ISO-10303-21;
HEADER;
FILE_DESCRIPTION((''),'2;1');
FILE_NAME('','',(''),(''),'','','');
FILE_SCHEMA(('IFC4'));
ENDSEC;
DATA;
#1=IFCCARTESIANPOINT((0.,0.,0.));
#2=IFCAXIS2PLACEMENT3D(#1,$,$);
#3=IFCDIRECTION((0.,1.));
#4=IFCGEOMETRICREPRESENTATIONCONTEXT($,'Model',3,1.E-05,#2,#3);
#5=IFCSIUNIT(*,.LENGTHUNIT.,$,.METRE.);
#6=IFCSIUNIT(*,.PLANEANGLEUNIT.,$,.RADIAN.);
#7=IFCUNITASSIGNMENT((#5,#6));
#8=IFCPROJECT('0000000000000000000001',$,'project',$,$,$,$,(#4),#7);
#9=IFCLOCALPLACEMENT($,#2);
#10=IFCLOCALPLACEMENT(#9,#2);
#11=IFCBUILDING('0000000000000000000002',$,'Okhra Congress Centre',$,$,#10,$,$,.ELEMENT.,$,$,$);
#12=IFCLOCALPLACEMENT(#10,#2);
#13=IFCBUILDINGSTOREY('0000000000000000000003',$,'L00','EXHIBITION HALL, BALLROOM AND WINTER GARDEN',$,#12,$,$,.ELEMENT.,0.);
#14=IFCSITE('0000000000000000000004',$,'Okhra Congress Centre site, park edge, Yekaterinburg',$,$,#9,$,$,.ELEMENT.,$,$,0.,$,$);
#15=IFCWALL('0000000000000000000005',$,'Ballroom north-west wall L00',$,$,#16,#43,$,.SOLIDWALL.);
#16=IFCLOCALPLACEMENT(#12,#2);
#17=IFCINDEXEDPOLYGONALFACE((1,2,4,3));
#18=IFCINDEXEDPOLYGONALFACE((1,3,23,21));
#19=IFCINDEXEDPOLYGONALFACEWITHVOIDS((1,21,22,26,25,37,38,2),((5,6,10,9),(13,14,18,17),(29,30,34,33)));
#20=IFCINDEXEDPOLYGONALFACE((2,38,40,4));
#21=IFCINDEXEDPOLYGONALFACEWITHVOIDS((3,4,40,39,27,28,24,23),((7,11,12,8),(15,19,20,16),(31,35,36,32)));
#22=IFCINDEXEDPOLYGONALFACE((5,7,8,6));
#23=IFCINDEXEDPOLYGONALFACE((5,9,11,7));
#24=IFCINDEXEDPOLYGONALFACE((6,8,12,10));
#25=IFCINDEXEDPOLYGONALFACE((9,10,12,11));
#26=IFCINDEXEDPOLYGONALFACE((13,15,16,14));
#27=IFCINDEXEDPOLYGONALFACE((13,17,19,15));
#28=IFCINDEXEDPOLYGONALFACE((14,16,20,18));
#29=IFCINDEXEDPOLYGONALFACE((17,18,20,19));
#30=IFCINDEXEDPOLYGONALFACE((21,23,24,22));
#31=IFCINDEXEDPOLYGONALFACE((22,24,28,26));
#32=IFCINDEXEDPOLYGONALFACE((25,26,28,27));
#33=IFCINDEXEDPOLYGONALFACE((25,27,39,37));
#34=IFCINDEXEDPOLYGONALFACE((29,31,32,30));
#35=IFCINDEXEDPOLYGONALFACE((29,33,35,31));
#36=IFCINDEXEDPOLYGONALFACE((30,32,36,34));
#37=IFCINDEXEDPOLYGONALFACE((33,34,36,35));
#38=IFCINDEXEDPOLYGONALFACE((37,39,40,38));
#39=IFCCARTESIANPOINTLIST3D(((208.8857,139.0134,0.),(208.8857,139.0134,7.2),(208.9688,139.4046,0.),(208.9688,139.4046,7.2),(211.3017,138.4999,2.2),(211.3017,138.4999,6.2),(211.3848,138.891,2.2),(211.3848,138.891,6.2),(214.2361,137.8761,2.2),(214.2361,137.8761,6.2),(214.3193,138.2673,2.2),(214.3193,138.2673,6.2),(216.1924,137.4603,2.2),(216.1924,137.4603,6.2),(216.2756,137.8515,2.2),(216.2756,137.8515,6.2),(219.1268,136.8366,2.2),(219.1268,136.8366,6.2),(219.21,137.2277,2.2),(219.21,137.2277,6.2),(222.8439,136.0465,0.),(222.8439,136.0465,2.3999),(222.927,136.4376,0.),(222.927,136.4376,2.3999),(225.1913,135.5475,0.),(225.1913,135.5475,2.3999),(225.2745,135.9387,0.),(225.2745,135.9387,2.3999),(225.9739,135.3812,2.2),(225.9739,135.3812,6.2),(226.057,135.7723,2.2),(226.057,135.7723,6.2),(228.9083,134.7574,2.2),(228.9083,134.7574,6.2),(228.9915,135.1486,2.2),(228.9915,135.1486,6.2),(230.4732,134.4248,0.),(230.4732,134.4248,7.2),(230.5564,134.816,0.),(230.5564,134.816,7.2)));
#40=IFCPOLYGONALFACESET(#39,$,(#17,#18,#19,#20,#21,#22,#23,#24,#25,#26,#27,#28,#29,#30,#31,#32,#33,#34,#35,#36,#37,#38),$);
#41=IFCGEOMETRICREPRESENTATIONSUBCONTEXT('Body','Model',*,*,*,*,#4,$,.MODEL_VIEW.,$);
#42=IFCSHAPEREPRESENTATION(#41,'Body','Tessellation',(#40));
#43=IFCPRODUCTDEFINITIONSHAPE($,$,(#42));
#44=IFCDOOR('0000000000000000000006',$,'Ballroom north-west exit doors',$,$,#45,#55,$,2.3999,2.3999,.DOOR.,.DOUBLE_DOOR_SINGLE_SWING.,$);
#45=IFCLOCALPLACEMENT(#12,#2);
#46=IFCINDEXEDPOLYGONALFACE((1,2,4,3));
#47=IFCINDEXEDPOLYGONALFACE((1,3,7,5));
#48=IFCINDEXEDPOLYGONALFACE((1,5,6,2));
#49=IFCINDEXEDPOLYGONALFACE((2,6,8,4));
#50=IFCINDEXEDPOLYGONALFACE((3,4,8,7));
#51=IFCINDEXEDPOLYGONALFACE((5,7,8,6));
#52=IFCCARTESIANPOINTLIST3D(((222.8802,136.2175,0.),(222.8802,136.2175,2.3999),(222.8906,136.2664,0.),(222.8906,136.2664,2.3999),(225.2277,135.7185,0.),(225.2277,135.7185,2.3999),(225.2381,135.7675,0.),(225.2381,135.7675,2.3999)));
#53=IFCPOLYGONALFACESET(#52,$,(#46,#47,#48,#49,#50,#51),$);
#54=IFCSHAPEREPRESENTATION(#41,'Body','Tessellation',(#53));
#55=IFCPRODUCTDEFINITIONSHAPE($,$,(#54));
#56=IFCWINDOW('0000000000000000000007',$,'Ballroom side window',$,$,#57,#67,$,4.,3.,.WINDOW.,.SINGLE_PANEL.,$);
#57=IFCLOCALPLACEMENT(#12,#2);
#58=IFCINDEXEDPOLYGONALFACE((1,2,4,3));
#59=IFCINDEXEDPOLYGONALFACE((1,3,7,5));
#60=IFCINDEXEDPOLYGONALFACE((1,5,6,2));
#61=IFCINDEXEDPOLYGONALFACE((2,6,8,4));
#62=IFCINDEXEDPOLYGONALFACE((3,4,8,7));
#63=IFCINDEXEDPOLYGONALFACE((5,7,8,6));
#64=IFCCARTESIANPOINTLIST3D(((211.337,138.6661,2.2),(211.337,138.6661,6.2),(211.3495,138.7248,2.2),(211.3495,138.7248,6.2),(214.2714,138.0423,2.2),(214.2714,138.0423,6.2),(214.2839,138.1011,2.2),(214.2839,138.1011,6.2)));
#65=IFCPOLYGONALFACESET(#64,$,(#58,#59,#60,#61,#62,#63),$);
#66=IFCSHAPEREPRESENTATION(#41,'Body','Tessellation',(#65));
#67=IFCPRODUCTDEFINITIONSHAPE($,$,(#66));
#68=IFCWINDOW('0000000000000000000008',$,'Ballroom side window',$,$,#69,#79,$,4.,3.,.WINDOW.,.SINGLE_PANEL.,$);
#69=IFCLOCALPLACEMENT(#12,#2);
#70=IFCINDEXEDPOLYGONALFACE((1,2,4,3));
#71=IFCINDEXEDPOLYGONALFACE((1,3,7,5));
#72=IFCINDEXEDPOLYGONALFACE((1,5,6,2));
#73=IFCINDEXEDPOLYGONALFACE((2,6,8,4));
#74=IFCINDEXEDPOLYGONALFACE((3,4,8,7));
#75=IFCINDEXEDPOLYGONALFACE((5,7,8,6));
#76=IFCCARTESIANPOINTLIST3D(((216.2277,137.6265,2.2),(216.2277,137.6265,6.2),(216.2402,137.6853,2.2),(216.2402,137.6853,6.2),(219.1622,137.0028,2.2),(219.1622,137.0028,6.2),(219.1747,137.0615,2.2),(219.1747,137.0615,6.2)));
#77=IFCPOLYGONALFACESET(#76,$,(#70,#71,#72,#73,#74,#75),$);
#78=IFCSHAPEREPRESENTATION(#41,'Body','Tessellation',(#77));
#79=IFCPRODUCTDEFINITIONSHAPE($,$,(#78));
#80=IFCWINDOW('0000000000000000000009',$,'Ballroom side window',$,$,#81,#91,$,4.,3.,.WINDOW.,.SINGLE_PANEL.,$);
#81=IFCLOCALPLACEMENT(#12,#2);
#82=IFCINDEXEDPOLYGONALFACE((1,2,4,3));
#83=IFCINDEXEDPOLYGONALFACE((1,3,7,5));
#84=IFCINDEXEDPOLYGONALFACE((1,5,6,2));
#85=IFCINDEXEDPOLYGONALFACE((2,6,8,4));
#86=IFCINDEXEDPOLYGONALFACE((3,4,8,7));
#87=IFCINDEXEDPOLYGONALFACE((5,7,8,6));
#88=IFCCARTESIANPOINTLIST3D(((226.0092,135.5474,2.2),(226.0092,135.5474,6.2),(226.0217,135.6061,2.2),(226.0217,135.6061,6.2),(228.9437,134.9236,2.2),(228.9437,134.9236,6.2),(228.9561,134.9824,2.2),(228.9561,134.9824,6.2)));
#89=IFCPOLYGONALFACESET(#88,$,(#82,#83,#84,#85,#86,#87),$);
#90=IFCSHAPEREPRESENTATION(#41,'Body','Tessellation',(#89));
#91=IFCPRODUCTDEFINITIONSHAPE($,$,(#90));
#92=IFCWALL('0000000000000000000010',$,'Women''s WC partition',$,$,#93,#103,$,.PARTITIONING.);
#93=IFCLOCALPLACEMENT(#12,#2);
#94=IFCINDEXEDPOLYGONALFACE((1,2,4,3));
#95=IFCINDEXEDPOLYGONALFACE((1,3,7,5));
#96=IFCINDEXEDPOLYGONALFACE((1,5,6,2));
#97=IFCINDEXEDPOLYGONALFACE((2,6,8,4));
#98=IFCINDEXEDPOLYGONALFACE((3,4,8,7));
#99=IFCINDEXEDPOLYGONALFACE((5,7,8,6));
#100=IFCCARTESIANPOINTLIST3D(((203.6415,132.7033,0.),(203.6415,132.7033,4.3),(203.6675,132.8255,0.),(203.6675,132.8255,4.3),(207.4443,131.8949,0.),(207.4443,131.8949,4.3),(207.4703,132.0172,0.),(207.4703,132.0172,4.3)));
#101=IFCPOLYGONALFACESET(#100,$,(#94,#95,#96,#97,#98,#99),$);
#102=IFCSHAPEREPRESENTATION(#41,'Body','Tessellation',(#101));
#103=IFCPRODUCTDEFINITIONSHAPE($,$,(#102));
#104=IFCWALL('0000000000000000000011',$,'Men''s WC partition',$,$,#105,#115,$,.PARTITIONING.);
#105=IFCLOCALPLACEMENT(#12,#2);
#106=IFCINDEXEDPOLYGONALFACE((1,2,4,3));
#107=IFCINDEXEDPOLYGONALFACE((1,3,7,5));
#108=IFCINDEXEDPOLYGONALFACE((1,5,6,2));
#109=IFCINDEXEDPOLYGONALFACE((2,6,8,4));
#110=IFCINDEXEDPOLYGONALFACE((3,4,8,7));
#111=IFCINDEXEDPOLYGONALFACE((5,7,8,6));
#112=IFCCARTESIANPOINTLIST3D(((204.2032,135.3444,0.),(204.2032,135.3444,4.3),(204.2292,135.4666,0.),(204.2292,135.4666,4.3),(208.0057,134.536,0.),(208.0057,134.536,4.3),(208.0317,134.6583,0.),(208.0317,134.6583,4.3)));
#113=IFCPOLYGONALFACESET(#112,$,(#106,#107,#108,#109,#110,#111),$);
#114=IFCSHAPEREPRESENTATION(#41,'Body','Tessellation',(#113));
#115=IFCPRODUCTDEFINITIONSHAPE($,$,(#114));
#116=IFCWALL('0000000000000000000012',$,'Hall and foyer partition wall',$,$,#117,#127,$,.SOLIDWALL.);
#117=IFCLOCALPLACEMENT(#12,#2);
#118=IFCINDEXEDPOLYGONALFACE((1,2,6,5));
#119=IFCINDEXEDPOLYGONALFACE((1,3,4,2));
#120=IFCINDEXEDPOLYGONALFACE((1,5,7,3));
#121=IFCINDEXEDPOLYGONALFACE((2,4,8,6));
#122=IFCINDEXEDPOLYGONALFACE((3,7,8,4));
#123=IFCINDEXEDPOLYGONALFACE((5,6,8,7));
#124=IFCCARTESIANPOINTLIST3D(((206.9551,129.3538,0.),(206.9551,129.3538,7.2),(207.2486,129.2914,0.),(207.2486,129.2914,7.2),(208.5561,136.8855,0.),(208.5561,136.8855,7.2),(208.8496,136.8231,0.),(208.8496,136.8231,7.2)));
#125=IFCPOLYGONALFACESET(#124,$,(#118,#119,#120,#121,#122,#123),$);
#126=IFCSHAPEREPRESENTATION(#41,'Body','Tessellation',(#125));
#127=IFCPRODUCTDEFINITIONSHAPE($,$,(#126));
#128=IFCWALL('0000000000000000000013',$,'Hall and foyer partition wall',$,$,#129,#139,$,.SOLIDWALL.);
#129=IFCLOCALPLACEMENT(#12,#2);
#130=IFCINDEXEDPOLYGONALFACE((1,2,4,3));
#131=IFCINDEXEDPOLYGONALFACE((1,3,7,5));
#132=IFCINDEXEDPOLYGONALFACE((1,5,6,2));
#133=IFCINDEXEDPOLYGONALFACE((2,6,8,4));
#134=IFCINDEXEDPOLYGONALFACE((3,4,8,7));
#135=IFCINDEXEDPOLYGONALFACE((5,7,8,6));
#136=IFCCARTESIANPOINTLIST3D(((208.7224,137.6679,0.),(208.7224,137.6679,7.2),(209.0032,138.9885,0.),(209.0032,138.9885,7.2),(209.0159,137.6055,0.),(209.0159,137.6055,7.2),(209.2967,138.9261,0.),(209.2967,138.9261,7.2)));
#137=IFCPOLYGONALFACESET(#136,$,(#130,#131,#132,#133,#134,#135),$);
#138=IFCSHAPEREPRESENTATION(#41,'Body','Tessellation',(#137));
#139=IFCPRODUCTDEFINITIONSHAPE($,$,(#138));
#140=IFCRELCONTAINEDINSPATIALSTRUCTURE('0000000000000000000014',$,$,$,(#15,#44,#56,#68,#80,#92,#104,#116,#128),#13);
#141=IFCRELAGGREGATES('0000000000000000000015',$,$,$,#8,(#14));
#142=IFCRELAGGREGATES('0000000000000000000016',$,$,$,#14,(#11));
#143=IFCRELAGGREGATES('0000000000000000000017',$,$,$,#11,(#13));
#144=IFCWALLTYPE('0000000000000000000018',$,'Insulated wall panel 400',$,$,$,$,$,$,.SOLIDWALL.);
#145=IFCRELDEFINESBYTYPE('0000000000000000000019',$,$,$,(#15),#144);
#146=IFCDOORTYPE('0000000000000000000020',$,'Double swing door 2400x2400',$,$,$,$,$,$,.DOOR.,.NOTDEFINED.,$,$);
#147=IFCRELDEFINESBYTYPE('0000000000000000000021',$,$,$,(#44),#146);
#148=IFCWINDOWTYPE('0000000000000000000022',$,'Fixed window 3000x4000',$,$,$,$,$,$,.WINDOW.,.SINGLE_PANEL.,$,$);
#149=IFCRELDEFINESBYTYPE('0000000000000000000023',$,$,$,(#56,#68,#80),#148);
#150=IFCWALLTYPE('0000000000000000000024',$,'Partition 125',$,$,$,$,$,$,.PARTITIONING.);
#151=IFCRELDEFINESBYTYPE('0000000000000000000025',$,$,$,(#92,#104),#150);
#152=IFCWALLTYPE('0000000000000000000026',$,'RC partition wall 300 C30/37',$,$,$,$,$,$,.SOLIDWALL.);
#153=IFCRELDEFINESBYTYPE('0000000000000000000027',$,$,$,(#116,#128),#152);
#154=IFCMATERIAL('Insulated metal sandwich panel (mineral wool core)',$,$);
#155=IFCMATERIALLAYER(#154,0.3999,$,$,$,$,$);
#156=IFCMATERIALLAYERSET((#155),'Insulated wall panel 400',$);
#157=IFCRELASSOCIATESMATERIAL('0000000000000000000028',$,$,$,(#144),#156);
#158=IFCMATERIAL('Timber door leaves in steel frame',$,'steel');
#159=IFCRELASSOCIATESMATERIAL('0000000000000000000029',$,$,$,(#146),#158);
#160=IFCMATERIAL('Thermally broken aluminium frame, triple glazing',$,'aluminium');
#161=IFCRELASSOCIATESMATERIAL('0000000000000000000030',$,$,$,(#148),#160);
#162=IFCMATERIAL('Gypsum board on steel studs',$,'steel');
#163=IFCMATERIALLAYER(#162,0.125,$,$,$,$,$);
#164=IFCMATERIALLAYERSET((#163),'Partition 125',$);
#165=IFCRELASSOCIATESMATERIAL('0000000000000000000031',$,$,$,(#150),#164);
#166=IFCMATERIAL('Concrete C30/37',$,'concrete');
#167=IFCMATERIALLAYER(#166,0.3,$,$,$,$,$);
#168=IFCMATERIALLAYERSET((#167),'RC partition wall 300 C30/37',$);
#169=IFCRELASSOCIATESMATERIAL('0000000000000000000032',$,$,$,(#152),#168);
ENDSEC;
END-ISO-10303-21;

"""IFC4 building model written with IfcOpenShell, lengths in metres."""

from ifc_helpers import new_model, si_unit, direction, frame, frame_2d, origin, place, context, subcontext, project, spatial, rectangle, extrude, material, layer, layer_set, type_object, element, fill, save


model = new_model("IFC4")

# Units and contexts
model_context = context("Model", 3, precision=1e-05, world=origin(), true_north=direction((0.0, 1.0)))
body_context = subcontext(model_context, "Body", "Model", "MODEL_VIEW")
ifc_project = project(units=[si_unit("LENGTHUNIT", "METRE"), si_unit("PLANEANGLEUNIT", "RADIAN")], contexts=[model_context])

# Site, building, storey
site_placement = place(None, origin())
site = spatial("IfcSite", under=ifc_project, at=site_placement, Name="Okhra Congress Centre site, park edge, Yekaterinburg", CompositionType="ELEMENT", RefElevation=0.0)
building_placement = place(site_placement, origin())
building = spatial("IfcBuilding", under=site, at=building_placement, Name="Okhra Congress Centre", CompositionType="ELEMENT")
storey_placement = place(building_placement, origin())
storey = spatial("IfcBuildingStorey", under=building, at=storey_placement, Name="L00", Description="EXHIBITION HALL, BALLROOM AND WINTER GARDEN", CompositionType="ELEMENT", Elevation=0.0)

# Shared definitions
ifc_material_1 = material(Name="Concrete C30/37", Category="concrete")

# Wall, openings, door, windows
ifc_material_2 = material(Name="Insulated metal sandwich panel (mineral wool core)")
ifc_layer_1 = layer(ifc_material_2, 0.3999)
ifc_layer_set_1 = layer_set([ifc_layer_1], Name="Insulated wall panel 400")
wall_type_1 = type_object("IfcWallType", Name="Insulated wall panel 400", PredefinedType="SOLIDWALL", material=ifc_layer_set_1)
wall_1_placement = place(storey_placement, frame((208.9272, 139.209, 0.0), z_axis=(0.0, 0.0, 1.0), x_axis=(0.978147, -0.207913, 0.0)))
wall_1 = element("IfcWall", 1, at=wall_1_placement, inside=storey, type_object=wall_type_1, Name="Ballroom north-west wall L00", PredefinedType="SOLIDWALL", context=body_context, shape_type="SweptSolid", body=[
    extrude(rectangle(XDim=22.0698, YDim=0.3999, at=frame_2d((11.0349, 0.0))), origin(), (0.0, 0.0, 1.0), 7.2),
])
opening_1_placement = place(wall_1_placement, frame((14.27, 0.0, 0.0)))
opening_1 = element("IfcOpeningElement", 2, at=opening_1_placement, cuts=wall_1, PredefinedType="OPENING", context=body_context, shape_type="SweptSolid", body=[
    extrude(rectangle(XDim=2.3999, YDim=2.3999, at=frame_2d((1.2, 1.2))), frame((0.0, 0.21, 0.0), z_axis=(0.0, -1.0, 0.0), x_axis=(1.0, 0.0, 0.0)), (0.0, 0.0, 1.0), 0.4199),
])
opening_2_placement = place(wall_1_placement, frame((2.47, 0.0, 2.2)))
opening_2 = element("IfcOpeningElement", 3, at=opening_2_placement, cuts=wall_1, PredefinedType="OPENING", context=body_context, shape_type="SweptSolid", body=[
    extrude(rectangle(XDim=3.0, YDim=4.0, at=frame_2d((1.5, 2.0))), frame((0.0, 0.21, 0.0), z_axis=(0.0, -1.0, 0.0), x_axis=(1.0, 0.0, 0.0)), (0.0, 0.0, 1.0), 0.4199),
])
opening_3_placement = place(wall_1_placement, frame((7.47, 0.0, 2.2)))
opening_3 = element("IfcOpeningElement", 4, at=opening_3_placement, cuts=wall_1, PredefinedType="OPENING", context=body_context, shape_type="SweptSolid", body=[
    extrude(rectangle(XDim=3.0, YDim=4.0, at=frame_2d((1.5, 2.0))), frame((0.0, 0.21, 0.0), z_axis=(0.0, -1.0, 0.0), x_axis=(1.0, 0.0, 0.0)), (0.0, 0.0, 1.0), 0.4199),
])
opening_4_placement = place(wall_1_placement, frame((17.47, 0.0, 2.2)))
opening_4 = element("IfcOpeningElement", 5, at=opening_4_placement, cuts=wall_1, PredefinedType="OPENING", context=body_context, shape_type="SweptSolid", body=[
    extrude(rectangle(XDim=3.0, YDim=4.0, at=frame_2d((1.5, 2.0))), frame((0.0, 0.21, 0.0), z_axis=(0.0, -1.0, 0.0), x_axis=(1.0, 0.0, 0.0)), (0.0, 0.0, 1.0), 0.4199),
])
ifc_material_3 = material(Name="Timber door leaves in steel frame", Category="steel")
door_type = type_object("IfcDoorType", Name="Double swing door 2400x2400", OperationType="NOTDEFINED", PredefinedType="DOOR", material=ifc_material_3)
door_placement = place(opening_1_placement, origin())
door = element("IfcDoor", 6, at=door_placement, inside=storey, type_object=door_type, Name="Ballroom north-west exit doors", OperationType="DOUBLE_DOOR_SINGLE_SWING", OverallHeight=2.3999, OverallWidth=2.3999, PredefinedType="DOOR", context=body_context, shape_type="SweptSolid", body=[
    extrude(rectangle(XDim=2.3999, YDim=2.3999, at=frame_2d((1.2, 1.2))), frame((0.0, 0.0249, 0.0), z_axis=(0.0, -1.0, 0.0), x_axis=(1.0, 0.0, 0.0)), (0.0, 0.0, 1.0), 0.05),
])
fill(opening_1, door)
ifc_material_4 = material(Name="Thermally broken aluminium frame, triple glazing", Category="aluminium")
window_type = type_object("IfcWindowType", Name="Fixed window 3000x4000", PartitioningType="SINGLE_PANEL", PredefinedType="WINDOW", material=ifc_material_4)
window_1_placement = place(opening_2_placement, origin())
window_1 = element("IfcWindow", 7, at=window_1_placement, inside=storey, type_object=window_type, Name="Ballroom side window", OverallHeight=4.0, OverallWidth=3.0, PartitioningType="SINGLE_PANEL", PredefinedType="WINDOW", context=body_context, shape_type="SweptSolid", body=[
    extrude(rectangle(XDim=3.0, YDim=4.0, at=frame_2d((1.5, 2.0))), frame((0.0, 0.03, 0.0), z_axis=(0.0, -1.0, 0.0), x_axis=(1.0, 0.0, 0.0)), (0.0, 0.0, 1.0), 0.0601),
])
fill(opening_2, window_1)
window_2_placement = place(opening_3_placement, origin())
window_2 = element("IfcWindow", 8, at=window_2_placement, inside=storey, type_object=window_type, Name="Ballroom side window", OverallHeight=4.0, OverallWidth=3.0, PartitioningType="SINGLE_PANEL", PredefinedType="WINDOW", context=body_context, shape_type="SweptSolid", body=[
    extrude(rectangle(XDim=3.0, YDim=4.0, at=frame_2d((1.5, 2.0))), frame((0.0, 0.03, 0.0), z_axis=(0.0, -1.0, 0.0), x_axis=(1.0, 0.0, 0.0)), (0.0, 0.0, 1.0), 0.0601),
])
fill(opening_3, window_2)
window_3_placement = place(opening_4_placement, origin())
window_3 = element("IfcWindow", 9, at=window_3_placement, inside=storey, type_object=window_type, Name="Ballroom side window", OverallHeight=4.0, OverallWidth=3.0, PartitioningType="SINGLE_PANEL", PredefinedType="WINDOW", context=body_context, shape_type="SweptSolid", body=[
    extrude(rectangle(XDim=3.0, YDim=4.0, at=frame_2d((1.5, 2.0))), frame((0.0, 0.03, 0.0), z_axis=(0.0, -1.0, 0.0), x_axis=(1.0, 0.0, 0.0)), (0.0, 0.0, 1.0), 0.0601),
])
fill(opening_4, window_3)

# Walls
ifc_material_5 = material(Name="Gypsum board on steel studs", Category="steel")
ifc_layer_2 = layer(ifc_material_5, 0.125)
ifc_layer_set_2 = layer_set([ifc_layer_2], Name="Partition 125")
wall_type_2 = type_object("IfcWallType", Name="Partition 125", PredefinedType="PARTITIONING", material=ifc_layer_set_2)
wall_2_placement = place(storey_placement, frame((203.6545, 132.7644, 0.0), z_axis=(0.0, 0.0, 1.0), x_axis=(0.978145, -0.207925, 0.0)))
element("IfcWall", 10, at=wall_2_placement, inside=storey, type_object=wall_type_2, Name="Women's WC partition", PredefinedType="PARTITIONING", context=body_context, shape_type="SweptSolid", body=[
    extrude(rectangle(XDim=3.8877, YDim=0.125, at=frame_2d((1.9438, 0.0))), origin(), (0.0, 0.0, 1.0), 4.3),
])
wall_3_placement = place(storey_placement, frame((204.2161, 135.4055, 0.0), z_axis=(0.0, 0.0, 1.0), x_axis=(0.978142, -0.207938, 0.0)))
element("IfcWall", 11, at=wall_3_placement, inside=storey, type_object=wall_type_2, Name="Men's WC partition", PredefinedType="PARTITIONING", context=body_context, shape_type="SweptSolid", body=[
    extrude(rectangle(XDim=3.8875, YDim=0.125, at=frame_2d((1.9438, 0.0))), origin(), (0.0, 0.0, 1.0), 4.3),
])
ifc_layer_3 = layer(ifc_material_1, 0.3)
ifc_layer_set_3 = layer_set([ifc_layer_3], Name="RC partition wall 300 C30/37")
wall_type_3 = type_object("IfcWallType", Name="RC partition wall 300 C30/37", PredefinedType="SOLIDWALL", material=ifc_layer_set_3)
wall_4_placement = place(storey_placement, frame((207.1018, 129.3225, 0.0), z_axis=(0.0, 0.0, 1.0), x_axis=(0.207931, 0.978144, 0.0)))
element("IfcWall", 12, at=wall_4_placement, inside=storey, type_object=wall_type_3, Name="Hall and foyer partition wall", PredefinedType="SOLIDWALL", context=body_context, shape_type="SweptSolid", body=[
    extrude(rectangle(XDim=7.7, YDim=0.3, at=frame_2d((3.8501, 0.0))), origin(), (0.0, 0.0, 1.0), 7.2),
])
wall_5_placement = place(storey_placement, frame((208.8691, 137.6367, 0.0), z_axis=(0.0, 0.0, 1.0), x_axis=(0.20796, 0.978137, 0.0)))
element("IfcWall", 13, at=wall_5_placement, inside=storey, type_object=wall_type_3, Name="Hall and foyer partition wall", PredefinedType="SOLIDWALL", context=body_context, shape_type="SweptSolid", body=[
    extrude(rectangle(XDim=1.3501, YDim=0.3, at=frame_2d((0.675, 0.0))), origin(), (0.0, 0.0, 1.0), 7.2),
])

save(model, "model.ifc")
